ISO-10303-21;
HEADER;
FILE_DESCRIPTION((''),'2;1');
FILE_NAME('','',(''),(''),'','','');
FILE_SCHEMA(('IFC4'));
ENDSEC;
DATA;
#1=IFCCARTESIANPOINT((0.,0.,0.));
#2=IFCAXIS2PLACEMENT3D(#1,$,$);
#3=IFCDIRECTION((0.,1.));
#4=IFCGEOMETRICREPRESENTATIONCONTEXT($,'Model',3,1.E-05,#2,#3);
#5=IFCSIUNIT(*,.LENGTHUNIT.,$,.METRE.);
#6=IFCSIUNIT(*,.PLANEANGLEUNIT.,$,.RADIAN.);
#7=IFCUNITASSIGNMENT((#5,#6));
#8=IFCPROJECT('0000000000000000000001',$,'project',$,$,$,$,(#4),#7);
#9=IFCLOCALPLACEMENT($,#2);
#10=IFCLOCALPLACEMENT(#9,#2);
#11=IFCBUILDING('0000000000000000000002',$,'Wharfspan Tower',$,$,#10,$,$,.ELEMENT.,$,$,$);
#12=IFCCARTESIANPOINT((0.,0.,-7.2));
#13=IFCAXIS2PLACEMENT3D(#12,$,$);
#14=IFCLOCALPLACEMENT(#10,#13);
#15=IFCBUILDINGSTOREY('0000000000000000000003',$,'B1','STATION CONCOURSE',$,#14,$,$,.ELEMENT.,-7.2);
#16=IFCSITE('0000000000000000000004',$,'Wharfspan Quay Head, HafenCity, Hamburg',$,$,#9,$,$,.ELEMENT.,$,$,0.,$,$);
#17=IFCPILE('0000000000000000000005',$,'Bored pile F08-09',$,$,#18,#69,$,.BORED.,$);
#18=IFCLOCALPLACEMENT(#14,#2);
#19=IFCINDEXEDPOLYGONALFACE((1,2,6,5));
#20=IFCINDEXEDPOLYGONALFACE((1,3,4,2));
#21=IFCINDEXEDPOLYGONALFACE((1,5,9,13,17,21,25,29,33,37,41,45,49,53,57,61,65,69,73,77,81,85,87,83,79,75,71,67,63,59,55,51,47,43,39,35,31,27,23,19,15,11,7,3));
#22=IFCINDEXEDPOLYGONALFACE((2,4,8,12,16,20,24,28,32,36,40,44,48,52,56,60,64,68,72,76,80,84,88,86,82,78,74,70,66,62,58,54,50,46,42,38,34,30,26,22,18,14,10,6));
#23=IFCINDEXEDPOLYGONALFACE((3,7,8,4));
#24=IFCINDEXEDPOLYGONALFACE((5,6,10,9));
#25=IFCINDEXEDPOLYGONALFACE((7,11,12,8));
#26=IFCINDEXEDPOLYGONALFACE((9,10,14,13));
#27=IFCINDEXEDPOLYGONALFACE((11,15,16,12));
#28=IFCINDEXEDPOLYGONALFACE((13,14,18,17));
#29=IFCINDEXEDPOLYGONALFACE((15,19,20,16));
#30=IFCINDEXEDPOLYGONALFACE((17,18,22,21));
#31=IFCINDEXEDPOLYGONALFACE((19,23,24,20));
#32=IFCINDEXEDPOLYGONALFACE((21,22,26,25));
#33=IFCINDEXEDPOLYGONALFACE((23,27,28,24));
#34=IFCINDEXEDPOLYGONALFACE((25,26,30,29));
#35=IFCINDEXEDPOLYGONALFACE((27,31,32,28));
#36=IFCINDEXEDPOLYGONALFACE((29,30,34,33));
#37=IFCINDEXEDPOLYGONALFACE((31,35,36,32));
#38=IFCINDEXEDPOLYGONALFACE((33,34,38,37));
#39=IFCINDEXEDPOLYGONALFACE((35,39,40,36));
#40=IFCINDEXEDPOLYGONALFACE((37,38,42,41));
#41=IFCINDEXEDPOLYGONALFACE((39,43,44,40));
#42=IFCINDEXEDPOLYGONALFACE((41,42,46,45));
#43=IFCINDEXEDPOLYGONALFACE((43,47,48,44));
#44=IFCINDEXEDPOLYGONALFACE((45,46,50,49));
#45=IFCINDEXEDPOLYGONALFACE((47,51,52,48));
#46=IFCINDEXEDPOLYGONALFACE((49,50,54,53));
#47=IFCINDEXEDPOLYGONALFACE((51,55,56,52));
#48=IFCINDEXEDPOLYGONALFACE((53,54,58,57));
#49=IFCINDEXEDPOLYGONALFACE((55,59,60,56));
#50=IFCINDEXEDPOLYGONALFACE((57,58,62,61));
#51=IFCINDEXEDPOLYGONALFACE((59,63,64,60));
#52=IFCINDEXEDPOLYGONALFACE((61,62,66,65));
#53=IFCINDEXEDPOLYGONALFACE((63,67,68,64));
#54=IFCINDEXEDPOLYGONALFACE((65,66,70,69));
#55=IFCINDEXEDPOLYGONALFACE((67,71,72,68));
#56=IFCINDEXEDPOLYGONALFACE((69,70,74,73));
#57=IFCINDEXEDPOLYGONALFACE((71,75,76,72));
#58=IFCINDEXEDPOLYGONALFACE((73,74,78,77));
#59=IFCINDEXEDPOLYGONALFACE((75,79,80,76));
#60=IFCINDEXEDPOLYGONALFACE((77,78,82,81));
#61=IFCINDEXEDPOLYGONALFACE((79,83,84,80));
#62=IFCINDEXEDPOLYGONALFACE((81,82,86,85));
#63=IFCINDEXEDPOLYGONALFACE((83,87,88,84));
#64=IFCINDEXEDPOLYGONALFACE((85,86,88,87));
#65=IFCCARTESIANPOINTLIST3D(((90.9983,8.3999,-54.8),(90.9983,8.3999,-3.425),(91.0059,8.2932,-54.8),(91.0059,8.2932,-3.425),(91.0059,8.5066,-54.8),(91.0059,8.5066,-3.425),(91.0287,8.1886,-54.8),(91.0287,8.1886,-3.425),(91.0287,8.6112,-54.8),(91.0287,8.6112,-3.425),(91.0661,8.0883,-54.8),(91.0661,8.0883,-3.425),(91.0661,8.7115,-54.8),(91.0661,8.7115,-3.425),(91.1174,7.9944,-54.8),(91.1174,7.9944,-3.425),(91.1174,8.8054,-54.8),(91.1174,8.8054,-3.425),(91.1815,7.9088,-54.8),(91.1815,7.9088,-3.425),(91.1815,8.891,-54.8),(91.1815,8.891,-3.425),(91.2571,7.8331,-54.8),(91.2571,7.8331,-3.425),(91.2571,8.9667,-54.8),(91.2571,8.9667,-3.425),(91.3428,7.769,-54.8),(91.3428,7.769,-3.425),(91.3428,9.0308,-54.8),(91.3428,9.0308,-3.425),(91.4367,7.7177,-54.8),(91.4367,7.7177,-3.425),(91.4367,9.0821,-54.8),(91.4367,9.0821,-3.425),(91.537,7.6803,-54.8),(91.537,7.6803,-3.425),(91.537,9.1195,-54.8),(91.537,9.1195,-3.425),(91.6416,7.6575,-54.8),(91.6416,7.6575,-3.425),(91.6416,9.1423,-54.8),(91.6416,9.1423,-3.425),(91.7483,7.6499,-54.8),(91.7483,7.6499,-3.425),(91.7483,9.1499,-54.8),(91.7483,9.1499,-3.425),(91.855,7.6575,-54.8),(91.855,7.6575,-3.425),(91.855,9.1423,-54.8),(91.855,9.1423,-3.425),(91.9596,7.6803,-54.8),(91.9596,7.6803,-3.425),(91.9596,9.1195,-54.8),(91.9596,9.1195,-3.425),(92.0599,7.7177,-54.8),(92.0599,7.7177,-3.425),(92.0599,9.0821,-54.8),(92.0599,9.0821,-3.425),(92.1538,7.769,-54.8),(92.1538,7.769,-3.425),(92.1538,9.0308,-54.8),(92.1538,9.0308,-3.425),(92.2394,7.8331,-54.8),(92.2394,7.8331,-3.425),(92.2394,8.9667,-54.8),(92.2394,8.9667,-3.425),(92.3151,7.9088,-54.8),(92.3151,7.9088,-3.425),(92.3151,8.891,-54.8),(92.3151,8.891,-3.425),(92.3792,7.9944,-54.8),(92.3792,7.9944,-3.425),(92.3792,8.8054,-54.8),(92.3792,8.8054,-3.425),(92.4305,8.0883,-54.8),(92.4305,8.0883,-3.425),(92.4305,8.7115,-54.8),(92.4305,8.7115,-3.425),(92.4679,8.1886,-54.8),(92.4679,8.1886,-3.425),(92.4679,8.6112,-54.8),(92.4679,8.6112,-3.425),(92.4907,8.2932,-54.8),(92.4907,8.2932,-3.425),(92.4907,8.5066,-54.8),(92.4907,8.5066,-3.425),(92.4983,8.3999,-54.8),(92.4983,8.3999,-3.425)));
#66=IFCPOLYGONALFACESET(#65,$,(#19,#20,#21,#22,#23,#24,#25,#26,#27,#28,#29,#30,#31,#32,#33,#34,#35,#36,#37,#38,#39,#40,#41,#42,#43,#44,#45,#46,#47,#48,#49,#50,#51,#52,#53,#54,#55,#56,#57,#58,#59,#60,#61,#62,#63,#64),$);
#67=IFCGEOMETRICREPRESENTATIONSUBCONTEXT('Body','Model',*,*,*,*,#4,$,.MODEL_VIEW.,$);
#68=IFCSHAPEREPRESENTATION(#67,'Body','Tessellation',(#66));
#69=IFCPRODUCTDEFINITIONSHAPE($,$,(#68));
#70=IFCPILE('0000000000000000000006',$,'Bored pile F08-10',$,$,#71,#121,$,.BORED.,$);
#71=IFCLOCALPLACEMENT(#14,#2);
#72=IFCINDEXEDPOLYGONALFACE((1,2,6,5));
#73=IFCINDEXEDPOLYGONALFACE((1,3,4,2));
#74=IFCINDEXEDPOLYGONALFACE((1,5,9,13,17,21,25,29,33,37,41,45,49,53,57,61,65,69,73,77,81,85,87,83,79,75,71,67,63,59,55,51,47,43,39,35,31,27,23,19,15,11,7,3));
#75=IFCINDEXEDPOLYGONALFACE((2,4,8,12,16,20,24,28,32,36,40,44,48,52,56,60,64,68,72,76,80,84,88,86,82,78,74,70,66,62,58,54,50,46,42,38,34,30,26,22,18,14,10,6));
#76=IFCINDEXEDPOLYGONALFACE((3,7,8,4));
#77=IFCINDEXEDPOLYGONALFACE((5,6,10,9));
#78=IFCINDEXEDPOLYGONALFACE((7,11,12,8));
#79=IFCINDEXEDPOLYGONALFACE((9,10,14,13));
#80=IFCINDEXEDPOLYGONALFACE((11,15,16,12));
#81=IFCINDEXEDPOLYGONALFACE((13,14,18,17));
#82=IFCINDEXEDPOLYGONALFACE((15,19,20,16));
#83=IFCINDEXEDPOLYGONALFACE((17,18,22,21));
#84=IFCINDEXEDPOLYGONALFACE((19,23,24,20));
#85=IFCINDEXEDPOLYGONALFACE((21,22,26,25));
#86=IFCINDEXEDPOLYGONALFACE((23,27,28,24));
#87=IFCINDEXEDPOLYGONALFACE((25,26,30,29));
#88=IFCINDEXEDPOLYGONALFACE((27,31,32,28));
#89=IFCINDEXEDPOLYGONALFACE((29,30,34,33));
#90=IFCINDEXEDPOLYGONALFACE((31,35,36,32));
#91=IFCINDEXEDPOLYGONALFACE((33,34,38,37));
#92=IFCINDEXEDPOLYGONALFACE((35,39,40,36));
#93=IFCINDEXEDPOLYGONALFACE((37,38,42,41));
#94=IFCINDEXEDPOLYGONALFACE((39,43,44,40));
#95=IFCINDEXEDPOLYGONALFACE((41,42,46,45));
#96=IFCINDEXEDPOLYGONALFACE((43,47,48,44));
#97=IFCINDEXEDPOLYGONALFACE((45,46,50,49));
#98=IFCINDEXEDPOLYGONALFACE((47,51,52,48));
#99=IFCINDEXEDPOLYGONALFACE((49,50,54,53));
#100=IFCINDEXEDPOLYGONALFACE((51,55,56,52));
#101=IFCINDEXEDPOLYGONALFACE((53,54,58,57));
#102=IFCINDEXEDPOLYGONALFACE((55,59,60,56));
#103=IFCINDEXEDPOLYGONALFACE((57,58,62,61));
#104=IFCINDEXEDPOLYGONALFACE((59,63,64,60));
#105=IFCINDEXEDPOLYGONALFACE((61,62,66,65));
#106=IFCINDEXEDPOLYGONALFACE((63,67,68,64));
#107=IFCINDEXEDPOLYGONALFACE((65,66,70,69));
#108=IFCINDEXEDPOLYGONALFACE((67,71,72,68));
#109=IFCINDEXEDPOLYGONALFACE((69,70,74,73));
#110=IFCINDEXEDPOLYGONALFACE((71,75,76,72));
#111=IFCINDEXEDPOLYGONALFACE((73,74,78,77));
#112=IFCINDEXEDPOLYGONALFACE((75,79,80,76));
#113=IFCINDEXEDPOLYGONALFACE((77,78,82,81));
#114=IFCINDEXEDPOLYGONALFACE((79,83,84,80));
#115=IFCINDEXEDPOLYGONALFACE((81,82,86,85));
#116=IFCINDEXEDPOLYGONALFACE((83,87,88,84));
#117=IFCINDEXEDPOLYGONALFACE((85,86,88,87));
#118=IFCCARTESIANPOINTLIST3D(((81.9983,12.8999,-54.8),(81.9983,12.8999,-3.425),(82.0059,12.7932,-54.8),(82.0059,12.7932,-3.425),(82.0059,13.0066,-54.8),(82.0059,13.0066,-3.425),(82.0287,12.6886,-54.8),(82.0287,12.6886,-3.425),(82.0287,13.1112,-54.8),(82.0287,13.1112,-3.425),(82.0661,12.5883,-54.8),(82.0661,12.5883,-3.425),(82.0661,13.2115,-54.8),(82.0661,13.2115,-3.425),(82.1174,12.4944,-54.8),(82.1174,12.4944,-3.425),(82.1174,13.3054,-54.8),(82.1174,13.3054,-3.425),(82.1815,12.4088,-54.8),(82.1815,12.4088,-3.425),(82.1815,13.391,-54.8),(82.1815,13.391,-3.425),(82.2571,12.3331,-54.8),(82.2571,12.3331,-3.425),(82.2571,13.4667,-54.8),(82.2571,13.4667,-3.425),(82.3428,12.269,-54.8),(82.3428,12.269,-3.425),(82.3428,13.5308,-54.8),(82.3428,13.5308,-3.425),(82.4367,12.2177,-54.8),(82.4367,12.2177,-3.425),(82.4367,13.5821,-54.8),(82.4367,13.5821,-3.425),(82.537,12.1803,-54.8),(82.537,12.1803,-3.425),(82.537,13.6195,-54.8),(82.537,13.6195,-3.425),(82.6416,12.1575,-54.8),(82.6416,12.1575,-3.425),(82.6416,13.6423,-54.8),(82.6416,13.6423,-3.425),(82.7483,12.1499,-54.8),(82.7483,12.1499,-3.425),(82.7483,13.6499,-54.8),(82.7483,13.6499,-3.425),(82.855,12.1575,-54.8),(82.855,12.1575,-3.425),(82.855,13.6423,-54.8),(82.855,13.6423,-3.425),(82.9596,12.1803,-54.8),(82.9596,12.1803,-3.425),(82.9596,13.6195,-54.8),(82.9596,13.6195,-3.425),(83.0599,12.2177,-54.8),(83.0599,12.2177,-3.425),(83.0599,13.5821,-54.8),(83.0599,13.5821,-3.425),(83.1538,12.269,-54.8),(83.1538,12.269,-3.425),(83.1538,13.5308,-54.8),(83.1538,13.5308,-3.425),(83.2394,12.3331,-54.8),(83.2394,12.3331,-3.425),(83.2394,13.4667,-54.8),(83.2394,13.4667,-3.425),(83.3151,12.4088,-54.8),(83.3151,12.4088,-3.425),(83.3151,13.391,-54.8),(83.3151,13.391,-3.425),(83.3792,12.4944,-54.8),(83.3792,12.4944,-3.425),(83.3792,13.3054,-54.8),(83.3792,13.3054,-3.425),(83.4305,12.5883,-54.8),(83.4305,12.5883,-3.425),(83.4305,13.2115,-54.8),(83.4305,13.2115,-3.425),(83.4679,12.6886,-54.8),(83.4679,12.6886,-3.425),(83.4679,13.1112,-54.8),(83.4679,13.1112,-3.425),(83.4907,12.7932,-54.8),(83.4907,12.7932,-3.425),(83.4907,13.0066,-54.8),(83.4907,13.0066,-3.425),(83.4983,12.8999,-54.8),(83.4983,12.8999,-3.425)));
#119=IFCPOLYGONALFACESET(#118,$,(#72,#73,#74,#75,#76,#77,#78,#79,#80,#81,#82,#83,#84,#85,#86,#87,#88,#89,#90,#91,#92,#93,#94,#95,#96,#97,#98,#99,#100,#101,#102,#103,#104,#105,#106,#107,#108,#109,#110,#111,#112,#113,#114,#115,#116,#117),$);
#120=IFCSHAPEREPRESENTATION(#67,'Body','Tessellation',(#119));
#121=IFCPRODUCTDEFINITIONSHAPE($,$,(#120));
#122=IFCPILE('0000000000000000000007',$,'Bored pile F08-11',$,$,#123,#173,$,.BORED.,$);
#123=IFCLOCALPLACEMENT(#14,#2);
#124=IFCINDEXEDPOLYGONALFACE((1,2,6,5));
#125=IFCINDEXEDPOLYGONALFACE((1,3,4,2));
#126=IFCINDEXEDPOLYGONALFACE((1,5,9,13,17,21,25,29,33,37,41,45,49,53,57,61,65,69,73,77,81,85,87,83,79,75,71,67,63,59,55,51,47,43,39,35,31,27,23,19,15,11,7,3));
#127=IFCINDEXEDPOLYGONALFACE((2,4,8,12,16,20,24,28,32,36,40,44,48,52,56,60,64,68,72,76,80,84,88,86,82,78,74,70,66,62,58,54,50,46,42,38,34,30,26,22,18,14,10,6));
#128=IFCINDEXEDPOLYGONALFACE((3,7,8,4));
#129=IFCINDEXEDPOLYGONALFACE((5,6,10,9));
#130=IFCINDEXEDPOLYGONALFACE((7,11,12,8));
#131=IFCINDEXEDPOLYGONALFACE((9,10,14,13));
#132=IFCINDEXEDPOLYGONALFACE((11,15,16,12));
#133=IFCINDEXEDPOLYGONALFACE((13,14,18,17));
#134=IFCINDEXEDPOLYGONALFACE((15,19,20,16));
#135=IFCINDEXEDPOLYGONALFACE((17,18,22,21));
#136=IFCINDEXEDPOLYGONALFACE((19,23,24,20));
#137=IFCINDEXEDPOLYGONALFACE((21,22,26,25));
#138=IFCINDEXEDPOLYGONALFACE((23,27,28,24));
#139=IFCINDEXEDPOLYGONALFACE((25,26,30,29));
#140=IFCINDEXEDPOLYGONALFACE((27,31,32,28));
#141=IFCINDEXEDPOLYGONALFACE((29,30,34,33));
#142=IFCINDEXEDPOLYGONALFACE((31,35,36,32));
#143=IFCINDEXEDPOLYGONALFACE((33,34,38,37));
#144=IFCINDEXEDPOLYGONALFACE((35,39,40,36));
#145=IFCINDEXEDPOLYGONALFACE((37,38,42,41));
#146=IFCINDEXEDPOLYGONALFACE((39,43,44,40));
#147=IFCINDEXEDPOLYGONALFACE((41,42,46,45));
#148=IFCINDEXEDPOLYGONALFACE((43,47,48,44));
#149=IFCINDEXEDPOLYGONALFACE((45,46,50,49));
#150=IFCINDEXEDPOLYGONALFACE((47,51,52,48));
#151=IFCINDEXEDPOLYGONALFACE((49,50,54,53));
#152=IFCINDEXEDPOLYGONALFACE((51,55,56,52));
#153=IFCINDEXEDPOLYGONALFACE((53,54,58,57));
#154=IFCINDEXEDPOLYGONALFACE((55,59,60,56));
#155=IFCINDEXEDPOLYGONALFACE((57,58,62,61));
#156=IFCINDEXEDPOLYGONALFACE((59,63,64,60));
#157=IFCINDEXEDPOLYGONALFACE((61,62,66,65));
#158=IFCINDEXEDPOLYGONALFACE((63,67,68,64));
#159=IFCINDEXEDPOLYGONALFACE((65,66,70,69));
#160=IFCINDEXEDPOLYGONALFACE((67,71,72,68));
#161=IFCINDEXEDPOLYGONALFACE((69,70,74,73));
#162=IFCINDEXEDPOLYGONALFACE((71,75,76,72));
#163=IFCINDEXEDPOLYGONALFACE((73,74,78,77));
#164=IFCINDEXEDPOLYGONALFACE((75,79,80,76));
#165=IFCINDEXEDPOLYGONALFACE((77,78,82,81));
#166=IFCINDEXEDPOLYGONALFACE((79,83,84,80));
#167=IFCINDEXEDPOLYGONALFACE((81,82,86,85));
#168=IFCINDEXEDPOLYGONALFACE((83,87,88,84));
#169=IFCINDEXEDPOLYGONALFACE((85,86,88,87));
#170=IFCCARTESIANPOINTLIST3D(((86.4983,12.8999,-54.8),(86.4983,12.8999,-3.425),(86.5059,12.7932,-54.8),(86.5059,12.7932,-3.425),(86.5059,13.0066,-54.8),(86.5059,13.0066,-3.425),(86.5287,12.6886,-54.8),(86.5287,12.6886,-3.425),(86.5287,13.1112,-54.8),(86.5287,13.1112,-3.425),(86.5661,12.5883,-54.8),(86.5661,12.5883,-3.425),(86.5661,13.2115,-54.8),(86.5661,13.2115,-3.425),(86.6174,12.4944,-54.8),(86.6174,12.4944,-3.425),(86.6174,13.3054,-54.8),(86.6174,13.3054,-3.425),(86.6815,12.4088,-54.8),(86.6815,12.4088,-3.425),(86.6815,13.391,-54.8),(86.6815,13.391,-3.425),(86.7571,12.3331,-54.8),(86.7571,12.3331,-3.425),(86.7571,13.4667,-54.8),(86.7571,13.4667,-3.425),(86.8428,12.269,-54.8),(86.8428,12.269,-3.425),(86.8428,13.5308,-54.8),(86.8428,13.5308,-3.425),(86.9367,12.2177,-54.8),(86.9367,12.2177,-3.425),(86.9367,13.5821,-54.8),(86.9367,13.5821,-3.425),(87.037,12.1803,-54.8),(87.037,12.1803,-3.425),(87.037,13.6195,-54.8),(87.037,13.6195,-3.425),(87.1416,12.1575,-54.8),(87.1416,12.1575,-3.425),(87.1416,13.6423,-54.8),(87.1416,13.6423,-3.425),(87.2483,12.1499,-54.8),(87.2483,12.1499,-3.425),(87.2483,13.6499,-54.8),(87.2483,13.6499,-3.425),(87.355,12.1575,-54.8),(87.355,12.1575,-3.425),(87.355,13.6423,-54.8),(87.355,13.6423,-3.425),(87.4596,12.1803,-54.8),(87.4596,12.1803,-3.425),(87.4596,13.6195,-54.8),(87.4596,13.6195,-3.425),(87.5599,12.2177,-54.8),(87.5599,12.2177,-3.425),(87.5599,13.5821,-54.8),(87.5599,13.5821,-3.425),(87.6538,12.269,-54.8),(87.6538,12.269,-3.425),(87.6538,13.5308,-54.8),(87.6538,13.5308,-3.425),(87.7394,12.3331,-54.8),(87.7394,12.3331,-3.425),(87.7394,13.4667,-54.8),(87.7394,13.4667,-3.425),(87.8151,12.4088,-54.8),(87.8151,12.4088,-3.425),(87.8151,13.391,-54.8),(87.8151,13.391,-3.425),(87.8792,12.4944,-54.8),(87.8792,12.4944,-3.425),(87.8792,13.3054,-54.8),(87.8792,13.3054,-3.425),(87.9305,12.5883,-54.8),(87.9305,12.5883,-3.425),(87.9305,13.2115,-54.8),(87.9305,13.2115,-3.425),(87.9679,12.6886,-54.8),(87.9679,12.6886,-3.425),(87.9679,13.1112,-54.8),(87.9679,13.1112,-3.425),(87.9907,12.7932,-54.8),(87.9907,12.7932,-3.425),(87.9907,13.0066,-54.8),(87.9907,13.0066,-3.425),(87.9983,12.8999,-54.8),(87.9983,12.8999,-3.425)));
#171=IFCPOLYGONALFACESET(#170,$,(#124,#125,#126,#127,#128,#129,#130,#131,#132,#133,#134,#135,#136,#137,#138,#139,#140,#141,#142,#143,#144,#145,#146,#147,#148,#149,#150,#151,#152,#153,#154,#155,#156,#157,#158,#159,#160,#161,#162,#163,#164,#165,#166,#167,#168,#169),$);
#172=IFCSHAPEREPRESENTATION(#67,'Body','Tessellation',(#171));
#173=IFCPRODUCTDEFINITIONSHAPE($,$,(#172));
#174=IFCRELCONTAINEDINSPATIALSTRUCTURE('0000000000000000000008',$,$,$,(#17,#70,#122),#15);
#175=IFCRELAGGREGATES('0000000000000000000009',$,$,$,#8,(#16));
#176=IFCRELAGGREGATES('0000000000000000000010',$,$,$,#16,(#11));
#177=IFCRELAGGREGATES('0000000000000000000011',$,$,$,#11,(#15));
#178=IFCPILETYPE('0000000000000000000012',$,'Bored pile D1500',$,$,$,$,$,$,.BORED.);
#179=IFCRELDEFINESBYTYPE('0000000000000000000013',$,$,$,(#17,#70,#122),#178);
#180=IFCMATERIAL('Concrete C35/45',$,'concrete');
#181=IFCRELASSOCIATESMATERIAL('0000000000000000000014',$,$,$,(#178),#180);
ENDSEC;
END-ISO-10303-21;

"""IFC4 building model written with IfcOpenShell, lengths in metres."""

from ifc_helpers import new_model, si_unit, direction, frame, origin, origin_2d, place, context, subcontext, project, spatial, circle, extrude, material, material_profile, profile_set, type_object, element, save


model = new_model("IFC4")

# Units and contexts
model_context = context("Model", 3, precision=1e-05, world=origin(), true_north=direction((0.0, 1.0)))
body_context = subcontext(model_context, "Body", "Model", "MODEL_VIEW")
ifc_project = project(units=[si_unit("LENGTHUNIT", "METRE"), si_unit("PLANEANGLEUNIT", "RADIAN")], contexts=[model_context])

# Site, building, storey
site_placement = place(None, origin())
site = spatial("IfcSite", under=ifc_project, at=site_placement, Name="Wharfspan Quay Head, HafenCity, Hamburg", CompositionType="ELEMENT", RefElevation=0.0)
building_placement = place(site_placement, origin())
building = spatial("IfcBuilding", under=site, at=building_placement, Name="Wharfspan Tower", CompositionType="ELEMENT")
storey_placement = place(building_placement, frame((0.0, 0.0, -7.2)))
storey = spatial("IfcBuildingStorey", under=building, at=storey_placement, Name="B1", Description="STATION CONCOURSE", CompositionType="ELEMENT", Elevation=-7.2)

# Piles
ifc_material_1 = material(Name="Concrete C35/45", Category="concrete")
ifc_material_profile_1 = material_profile(ifc_material_1, circle(Radius=0.75, at=origin_2d()))
ifc_profile_set_1 = profile_set([ifc_material_profile_1], Name="Concrete C35/45")
pile_type = type_object("IfcPileType", Name="Bored pile D1500", PredefinedType="BORED", material=ifc_profile_set_1)
for number, where, z_axis, x_axis, name in (
    (1, (91.7483, 8.3999, -3.425), (0.0, 0.0, -1.0), (1.0, 0.0, 0.0), "Bored pile F08-09"),
    (2, (82.7483, 12.8999, -3.425), (0.0, 0.0, -1.0), (1.0, 0.0, 0.0), "Bored pile F08-10"),
    (3, (87.2483, 12.8999, -3.425), (0.0, 0.0, -1.0), (1.0, 0.0, 0.0), "Bored pile F08-11"),
):
    element("IfcPile", number, at=place(storey_placement, frame(where, z_axis=z_axis, x_axis=x_axis)), inside=storey, type_object=pile_type, Name=name, PredefinedType="BORED", context=body_context, shape_type="SweptSolid", body=[
        extrude(circle(Radius=0.75, at=origin_2d()), origin(), (0.0, 0.0, 1.0), 51.375),
    ])

save(model, "model.ifc")
